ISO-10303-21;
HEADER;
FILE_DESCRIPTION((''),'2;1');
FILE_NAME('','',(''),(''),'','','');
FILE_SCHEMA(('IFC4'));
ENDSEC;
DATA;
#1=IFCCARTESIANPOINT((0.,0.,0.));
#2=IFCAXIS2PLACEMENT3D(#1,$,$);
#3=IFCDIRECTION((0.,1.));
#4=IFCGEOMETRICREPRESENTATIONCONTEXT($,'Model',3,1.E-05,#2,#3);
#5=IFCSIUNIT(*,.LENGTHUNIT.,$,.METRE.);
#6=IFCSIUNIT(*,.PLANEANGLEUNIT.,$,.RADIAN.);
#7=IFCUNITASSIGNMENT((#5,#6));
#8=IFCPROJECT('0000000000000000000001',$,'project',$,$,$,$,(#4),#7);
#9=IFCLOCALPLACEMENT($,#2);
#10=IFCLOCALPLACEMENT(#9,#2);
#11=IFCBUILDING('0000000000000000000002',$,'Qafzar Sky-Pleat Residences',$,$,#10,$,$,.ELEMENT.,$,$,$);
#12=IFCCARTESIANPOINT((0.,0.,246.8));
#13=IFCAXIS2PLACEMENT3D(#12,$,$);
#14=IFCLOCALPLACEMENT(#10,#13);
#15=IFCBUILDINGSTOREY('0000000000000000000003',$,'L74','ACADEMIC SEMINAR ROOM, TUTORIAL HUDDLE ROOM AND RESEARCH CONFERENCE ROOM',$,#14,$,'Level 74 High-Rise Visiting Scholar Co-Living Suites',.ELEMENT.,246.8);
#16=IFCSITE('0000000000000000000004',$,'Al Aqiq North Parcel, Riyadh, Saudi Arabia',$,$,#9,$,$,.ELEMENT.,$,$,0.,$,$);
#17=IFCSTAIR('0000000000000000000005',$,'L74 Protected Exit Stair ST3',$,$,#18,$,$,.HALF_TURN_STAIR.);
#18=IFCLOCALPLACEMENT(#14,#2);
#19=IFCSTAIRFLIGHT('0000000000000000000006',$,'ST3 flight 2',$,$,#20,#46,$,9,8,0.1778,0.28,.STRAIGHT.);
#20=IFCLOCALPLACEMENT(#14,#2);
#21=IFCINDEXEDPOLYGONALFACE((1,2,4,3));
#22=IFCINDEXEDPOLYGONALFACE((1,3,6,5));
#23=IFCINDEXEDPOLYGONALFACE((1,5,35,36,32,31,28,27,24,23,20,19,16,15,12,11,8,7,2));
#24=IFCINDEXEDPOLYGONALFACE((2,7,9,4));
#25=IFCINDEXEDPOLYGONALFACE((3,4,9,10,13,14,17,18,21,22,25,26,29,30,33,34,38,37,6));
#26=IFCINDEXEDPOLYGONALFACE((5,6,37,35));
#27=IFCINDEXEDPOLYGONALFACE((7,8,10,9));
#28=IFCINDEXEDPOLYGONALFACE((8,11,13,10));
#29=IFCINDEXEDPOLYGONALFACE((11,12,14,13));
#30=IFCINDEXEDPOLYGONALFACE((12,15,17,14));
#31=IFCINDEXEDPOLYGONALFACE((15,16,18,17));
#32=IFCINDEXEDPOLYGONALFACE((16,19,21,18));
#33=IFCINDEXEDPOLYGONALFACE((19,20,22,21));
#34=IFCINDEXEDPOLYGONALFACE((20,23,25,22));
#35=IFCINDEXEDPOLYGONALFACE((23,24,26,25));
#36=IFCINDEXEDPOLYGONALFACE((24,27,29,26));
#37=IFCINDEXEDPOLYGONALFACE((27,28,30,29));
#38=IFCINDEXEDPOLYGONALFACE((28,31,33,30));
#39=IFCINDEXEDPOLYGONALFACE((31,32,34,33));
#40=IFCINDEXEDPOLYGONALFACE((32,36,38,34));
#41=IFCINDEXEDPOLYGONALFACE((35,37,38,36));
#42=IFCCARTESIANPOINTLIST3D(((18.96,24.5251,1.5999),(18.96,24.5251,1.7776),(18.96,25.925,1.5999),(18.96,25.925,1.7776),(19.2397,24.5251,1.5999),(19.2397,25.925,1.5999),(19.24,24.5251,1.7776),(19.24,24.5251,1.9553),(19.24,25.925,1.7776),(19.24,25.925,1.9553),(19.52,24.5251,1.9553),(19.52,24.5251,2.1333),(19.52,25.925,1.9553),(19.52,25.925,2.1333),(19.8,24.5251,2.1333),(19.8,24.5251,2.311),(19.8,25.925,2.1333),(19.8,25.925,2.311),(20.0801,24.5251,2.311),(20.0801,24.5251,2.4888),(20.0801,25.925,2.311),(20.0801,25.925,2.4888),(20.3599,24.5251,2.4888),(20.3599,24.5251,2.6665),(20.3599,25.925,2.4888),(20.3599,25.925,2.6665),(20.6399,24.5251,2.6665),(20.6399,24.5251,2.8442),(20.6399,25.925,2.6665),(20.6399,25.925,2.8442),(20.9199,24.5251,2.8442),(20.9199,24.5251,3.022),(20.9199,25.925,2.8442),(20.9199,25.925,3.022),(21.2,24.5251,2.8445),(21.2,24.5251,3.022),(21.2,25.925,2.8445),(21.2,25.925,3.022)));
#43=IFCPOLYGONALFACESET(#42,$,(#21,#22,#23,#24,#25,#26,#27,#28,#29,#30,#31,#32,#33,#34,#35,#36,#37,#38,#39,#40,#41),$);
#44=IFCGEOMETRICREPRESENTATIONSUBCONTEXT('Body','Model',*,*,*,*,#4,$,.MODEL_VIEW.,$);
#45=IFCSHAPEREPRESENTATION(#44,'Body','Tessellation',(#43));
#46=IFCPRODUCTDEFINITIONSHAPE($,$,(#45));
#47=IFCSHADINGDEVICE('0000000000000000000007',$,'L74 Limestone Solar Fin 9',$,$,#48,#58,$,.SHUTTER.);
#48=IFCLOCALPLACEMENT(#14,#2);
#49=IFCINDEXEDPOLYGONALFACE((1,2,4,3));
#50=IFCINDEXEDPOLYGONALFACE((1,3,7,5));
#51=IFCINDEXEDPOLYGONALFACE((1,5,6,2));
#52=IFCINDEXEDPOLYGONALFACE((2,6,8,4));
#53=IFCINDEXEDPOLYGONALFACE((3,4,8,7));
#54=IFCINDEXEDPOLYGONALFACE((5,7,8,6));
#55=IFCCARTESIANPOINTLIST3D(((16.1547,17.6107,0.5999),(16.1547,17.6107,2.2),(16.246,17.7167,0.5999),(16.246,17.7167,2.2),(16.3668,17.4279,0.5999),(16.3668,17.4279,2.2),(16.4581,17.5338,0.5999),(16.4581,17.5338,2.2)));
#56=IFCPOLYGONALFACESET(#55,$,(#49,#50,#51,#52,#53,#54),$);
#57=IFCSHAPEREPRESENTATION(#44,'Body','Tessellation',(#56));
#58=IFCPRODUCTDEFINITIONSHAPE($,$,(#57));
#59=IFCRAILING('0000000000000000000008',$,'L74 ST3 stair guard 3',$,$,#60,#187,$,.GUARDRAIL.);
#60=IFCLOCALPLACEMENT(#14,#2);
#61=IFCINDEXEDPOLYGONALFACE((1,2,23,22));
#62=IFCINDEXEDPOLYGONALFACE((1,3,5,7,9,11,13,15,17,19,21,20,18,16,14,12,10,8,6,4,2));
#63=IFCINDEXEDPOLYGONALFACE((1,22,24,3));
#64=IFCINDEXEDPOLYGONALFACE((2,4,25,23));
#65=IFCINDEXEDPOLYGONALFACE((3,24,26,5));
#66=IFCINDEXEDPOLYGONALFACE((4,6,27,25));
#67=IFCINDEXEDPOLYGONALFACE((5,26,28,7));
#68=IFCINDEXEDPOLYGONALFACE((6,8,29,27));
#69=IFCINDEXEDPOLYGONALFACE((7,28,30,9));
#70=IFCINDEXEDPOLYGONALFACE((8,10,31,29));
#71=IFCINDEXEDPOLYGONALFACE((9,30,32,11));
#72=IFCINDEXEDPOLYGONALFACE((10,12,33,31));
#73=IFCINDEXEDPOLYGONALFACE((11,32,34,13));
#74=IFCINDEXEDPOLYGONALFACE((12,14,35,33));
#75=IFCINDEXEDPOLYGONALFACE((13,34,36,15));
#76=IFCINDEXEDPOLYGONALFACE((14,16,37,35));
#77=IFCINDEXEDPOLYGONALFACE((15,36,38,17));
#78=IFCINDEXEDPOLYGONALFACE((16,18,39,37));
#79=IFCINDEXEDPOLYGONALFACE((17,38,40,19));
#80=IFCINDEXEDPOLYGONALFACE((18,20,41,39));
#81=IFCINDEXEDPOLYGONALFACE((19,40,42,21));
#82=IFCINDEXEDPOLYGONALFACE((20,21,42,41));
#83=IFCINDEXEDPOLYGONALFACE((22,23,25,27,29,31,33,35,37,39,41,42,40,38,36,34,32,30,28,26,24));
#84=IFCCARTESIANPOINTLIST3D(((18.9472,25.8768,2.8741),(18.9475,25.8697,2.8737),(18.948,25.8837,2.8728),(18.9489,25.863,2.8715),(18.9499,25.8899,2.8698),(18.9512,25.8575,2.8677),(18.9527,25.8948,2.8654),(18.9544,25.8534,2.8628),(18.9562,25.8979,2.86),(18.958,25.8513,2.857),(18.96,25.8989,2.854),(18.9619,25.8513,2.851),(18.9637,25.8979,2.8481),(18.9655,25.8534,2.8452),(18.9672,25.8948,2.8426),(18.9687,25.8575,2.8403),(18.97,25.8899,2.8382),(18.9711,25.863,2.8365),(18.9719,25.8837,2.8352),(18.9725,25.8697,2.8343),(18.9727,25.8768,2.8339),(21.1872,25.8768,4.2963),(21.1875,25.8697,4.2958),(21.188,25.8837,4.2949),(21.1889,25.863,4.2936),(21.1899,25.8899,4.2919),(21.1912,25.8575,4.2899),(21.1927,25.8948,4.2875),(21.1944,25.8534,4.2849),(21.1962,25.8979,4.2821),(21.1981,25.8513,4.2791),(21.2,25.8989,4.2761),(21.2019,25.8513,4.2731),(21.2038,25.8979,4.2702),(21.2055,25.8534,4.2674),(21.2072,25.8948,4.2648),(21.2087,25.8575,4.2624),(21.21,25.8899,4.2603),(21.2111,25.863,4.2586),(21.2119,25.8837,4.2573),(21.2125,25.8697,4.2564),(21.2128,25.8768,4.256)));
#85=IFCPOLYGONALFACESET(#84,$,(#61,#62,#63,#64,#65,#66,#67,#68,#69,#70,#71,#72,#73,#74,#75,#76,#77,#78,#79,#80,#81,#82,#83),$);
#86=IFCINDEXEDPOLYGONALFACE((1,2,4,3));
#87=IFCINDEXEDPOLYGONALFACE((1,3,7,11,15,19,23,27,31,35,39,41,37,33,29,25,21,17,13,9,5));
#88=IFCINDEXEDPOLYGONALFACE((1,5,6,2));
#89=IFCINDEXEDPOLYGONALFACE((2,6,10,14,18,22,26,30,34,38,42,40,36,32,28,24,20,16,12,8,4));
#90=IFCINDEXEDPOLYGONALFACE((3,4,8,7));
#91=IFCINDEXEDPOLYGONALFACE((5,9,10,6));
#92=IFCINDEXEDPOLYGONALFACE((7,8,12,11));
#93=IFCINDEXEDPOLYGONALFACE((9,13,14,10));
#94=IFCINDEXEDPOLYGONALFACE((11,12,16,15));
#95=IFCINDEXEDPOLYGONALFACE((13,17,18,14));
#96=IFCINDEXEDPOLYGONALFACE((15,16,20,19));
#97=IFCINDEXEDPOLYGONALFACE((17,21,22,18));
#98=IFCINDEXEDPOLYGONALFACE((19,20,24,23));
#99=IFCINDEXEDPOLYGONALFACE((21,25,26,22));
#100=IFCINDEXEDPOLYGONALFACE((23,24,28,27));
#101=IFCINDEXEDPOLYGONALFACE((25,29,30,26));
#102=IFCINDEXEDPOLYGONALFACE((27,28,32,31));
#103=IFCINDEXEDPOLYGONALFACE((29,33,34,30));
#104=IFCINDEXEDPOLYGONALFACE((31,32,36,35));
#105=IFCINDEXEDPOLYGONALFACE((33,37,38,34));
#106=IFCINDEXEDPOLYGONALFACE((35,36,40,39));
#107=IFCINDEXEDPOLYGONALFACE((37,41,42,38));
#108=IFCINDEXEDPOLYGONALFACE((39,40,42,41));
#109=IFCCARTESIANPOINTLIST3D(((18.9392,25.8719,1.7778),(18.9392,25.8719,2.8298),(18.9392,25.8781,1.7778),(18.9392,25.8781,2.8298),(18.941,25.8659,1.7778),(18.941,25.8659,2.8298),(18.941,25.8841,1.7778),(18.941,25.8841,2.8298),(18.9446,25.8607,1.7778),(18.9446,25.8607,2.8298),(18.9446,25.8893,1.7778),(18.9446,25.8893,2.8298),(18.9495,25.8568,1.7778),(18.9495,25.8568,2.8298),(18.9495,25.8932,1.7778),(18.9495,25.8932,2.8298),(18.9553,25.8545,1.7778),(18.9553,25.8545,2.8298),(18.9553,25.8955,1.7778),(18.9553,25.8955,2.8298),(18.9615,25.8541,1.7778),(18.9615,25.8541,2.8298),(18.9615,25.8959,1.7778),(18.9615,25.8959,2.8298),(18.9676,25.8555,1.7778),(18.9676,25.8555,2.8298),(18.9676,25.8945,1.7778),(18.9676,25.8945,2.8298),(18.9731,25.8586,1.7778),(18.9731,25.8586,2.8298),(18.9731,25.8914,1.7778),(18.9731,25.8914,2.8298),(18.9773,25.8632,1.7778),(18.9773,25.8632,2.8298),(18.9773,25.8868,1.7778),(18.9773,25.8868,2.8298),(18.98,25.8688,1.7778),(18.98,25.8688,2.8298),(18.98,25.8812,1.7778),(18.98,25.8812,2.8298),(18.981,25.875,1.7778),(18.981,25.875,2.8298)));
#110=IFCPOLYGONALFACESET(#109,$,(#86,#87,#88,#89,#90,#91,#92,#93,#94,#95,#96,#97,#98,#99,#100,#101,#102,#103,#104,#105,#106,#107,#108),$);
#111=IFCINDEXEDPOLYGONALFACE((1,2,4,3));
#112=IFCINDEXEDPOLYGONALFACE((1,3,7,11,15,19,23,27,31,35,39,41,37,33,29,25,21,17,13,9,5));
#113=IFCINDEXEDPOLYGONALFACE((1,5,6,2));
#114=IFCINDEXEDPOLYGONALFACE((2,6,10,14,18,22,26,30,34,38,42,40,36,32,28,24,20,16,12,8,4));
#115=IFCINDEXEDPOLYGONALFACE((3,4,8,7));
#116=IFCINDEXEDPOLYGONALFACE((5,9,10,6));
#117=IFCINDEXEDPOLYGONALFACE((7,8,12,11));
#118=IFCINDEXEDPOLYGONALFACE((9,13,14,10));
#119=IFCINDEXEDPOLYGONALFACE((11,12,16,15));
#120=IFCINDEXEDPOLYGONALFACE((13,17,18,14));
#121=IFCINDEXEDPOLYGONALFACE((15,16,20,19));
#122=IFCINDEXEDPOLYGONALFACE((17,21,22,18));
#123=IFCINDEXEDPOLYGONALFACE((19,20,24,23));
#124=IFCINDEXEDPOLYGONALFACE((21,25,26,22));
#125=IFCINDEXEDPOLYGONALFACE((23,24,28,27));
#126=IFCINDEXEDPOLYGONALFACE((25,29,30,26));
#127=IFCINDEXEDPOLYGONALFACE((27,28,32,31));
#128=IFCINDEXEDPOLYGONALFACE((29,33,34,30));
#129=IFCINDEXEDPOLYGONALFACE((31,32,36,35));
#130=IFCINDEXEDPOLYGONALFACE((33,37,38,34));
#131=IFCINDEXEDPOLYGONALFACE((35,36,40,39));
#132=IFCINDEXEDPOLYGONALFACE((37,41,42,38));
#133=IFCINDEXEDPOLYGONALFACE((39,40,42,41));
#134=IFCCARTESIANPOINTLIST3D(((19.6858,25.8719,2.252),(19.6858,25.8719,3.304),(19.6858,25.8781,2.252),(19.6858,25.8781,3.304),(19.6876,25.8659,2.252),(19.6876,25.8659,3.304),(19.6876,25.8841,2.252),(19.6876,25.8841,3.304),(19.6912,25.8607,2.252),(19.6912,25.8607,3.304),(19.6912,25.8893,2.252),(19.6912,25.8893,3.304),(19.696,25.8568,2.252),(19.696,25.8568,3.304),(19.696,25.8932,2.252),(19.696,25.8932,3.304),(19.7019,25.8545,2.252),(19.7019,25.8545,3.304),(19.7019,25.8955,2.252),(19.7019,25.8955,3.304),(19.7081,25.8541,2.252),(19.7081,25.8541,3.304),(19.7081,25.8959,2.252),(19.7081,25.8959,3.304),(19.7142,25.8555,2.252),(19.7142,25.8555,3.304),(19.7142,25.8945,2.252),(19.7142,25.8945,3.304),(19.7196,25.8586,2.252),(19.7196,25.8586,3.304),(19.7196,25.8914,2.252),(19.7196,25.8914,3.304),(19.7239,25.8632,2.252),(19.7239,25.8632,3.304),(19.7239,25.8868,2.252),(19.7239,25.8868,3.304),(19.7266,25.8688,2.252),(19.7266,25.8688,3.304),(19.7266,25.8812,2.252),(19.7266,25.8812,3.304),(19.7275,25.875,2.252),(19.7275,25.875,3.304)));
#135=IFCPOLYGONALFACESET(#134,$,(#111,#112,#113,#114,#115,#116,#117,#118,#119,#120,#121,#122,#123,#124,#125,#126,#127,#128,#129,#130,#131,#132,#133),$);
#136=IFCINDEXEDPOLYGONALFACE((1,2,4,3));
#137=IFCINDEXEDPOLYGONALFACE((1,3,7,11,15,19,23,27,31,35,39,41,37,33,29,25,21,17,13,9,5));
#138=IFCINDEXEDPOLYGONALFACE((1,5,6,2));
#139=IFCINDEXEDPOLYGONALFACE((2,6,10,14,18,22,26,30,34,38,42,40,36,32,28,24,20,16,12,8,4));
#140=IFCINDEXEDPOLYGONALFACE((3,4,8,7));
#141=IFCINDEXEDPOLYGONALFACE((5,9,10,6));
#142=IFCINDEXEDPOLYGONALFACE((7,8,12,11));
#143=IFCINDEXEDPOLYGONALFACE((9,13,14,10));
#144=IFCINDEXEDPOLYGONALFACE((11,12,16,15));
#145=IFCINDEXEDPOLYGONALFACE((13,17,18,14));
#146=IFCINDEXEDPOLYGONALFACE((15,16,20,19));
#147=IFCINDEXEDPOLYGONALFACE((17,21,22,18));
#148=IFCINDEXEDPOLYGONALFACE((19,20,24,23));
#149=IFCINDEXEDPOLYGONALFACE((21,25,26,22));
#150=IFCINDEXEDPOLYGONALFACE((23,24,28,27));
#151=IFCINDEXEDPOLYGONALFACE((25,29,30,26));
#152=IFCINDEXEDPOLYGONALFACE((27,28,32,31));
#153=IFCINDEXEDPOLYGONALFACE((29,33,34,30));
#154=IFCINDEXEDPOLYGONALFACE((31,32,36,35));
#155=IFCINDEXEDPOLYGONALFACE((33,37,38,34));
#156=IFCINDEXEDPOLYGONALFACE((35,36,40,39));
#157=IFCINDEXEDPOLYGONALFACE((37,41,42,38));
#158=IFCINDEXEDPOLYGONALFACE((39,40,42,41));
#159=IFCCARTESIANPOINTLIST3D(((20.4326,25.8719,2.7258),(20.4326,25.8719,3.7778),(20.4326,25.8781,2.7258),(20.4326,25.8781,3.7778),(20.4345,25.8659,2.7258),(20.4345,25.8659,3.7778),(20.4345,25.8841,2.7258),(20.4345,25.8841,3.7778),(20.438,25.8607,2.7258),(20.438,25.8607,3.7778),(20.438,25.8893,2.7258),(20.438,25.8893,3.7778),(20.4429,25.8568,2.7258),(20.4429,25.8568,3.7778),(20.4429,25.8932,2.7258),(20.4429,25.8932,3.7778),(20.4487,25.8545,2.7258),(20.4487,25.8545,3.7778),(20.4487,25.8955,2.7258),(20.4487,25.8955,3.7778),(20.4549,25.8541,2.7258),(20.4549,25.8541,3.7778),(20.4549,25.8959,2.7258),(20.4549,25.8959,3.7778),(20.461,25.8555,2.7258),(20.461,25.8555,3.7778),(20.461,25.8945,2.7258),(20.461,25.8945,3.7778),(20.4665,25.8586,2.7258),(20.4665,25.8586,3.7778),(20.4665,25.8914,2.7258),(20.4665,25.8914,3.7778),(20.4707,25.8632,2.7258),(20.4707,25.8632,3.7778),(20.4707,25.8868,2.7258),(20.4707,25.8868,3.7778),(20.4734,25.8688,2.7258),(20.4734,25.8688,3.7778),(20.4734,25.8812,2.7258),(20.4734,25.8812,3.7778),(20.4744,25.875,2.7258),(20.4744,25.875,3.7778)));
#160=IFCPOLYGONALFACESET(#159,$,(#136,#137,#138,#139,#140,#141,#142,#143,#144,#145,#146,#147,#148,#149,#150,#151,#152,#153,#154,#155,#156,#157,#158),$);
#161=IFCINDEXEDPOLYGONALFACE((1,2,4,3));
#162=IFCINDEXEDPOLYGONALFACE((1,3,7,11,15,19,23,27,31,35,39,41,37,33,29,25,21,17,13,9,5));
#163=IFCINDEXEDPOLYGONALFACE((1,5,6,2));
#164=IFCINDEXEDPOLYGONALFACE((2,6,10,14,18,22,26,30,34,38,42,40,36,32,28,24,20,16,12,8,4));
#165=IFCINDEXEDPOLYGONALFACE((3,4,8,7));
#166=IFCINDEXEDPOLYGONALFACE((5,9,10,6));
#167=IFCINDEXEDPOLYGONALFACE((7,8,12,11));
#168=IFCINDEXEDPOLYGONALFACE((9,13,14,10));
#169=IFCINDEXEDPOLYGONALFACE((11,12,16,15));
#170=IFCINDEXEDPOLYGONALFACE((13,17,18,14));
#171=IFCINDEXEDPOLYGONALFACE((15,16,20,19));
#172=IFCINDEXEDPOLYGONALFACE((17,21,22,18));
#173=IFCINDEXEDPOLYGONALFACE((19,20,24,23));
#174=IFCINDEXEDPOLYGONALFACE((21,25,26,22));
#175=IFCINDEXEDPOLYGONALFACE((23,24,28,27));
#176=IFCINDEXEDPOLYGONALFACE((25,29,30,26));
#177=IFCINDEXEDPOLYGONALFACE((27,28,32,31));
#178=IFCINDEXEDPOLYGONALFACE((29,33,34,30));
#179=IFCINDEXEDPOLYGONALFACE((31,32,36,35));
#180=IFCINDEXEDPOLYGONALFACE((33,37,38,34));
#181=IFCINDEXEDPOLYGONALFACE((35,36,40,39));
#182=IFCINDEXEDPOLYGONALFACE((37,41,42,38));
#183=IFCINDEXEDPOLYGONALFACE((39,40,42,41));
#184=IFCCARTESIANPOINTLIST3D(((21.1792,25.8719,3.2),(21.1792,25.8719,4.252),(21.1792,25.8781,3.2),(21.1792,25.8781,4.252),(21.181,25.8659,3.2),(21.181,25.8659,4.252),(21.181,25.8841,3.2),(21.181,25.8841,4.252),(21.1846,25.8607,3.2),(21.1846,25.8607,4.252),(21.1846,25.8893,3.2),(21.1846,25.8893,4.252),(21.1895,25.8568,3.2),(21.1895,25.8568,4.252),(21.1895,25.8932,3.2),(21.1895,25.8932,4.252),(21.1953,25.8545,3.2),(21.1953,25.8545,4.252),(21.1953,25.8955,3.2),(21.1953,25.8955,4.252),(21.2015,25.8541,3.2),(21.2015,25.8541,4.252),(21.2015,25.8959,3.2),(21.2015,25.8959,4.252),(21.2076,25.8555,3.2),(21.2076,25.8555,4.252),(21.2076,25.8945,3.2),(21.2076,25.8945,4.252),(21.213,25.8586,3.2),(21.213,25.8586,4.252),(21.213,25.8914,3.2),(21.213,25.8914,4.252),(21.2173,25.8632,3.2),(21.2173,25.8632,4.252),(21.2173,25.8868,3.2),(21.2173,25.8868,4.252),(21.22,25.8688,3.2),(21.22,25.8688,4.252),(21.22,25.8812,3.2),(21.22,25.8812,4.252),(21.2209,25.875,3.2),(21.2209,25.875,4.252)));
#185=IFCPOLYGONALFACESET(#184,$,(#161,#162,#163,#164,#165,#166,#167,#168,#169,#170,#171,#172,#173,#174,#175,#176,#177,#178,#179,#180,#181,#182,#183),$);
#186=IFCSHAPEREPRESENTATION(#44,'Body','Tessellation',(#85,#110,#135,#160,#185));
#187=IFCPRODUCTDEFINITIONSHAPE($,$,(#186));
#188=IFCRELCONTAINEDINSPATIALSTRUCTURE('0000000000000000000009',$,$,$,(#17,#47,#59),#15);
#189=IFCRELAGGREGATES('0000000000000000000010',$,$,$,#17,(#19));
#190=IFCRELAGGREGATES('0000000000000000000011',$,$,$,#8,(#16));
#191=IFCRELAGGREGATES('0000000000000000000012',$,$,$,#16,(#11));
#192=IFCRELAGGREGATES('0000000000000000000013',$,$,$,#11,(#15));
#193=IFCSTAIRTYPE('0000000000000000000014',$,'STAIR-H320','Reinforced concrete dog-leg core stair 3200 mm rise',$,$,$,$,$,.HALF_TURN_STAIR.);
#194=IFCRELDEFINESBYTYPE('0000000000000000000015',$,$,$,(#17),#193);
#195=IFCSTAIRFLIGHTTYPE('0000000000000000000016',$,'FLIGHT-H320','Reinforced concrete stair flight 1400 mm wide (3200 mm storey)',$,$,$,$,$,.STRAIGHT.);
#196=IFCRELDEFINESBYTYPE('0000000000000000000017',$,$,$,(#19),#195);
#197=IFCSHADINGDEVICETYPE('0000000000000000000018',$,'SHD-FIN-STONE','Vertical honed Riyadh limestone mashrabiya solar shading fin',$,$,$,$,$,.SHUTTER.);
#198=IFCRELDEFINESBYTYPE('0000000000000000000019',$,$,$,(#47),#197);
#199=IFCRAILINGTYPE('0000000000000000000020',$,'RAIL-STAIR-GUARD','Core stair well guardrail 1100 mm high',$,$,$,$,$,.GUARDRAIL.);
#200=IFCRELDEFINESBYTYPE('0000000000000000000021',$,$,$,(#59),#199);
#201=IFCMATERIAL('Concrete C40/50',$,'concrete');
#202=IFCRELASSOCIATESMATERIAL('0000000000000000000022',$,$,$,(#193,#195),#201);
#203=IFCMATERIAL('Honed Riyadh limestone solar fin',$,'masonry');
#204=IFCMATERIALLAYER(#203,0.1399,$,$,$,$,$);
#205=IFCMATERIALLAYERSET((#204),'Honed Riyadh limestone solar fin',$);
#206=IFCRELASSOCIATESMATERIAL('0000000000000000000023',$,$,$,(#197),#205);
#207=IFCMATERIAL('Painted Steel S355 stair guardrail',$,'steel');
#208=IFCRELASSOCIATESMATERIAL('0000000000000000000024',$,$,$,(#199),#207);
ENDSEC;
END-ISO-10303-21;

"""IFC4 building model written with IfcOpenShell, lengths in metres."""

from ifc_helpers import new_model, si_unit, direction, frame, origin, origin_2d, place, context, subcontext, project, spatial, polyline, rectangle, circle, outline, extrude, source, transform, mapped, material, layer, layer_set, type_object, element, aggregate, save


model = new_model("IFC4")

# Units and contexts
model_context = context("Model", 3, precision=1e-05, world=origin(), true_north=direction((0.0, 1.0)))
body_context = subcontext(model_context, "Body", "Model", "MODEL_VIEW")
ifc_project = project(units=[si_unit("LENGTHUNIT", "METRE"), si_unit("PLANEANGLEUNIT", "RADIAN")], contexts=[model_context])

# Site, building, storey
site_placement = place(None, origin())
site = spatial("IfcSite", under=ifc_project, at=site_placement, Name="Al Aqiq North Parcel, Riyadh, Saudi Arabia", CompositionType="ELEMENT", RefElevation=0.0)
building_placement = place(site_placement, origin())
building = spatial("IfcBuilding", under=site, at=building_placement, Name="Qafzar Sky-Pleat Residences", CompositionType="ELEMENT")
storey_placement = place(building_placement, frame((0.0, 0.0, 246.8)))
storey = spatial("IfcBuildingStorey", under=building, at=storey_placement, Name="L74", Description="ACADEMIC SEMINAR ROOM, TUTORIAL HUDDLE ROOM AND RESEARCH CONFERENCE ROOM", LongName="Level 74 High-Rise Visiting Scholar Co-Living Suites", CompositionType="ELEMENT", Elevation=246.8)

# Stair, stair flight
ifc_material_1 = material(Name="Concrete C40/50", Category="concrete")
stair_type = type_object("IfcStairType", Name="STAIR-H320", Description="Reinforced concrete dog-leg core stair 3200 mm rise", PredefinedType="HALF_TURN_STAIR", material=ifc_material_1)
stair_placement = place(storey_placement, origin())
stair = element("IfcStair", 1, at=stair_placement, inside=storey, type_object=stair_type, Name="L74 Protected Exit Stair ST3", PredefinedType="HALF_TURN_STAIR")
stair_flight_type = type_object("IfcStairFlightType", Name="FLIGHT-H320", Description="Reinforced concrete stair flight 1400 mm wide (3200 mm storey)", PredefinedType="STRAIGHT", material=ifc_material_1)
shared_shape_1 = source(origin(), body_context, "Body", "SweptSolid", [
    extrude(outline(polyline([(0.0, 0.0), (0.0, 0.1777), (0.28, 0.1777), (0.28, 0.3555), (0.5601, 0.3555), (0.5601, 0.5334), (0.8401, 0.5334), (0.8401, 0.7112), (1.1201, 0.7112), (1.1201, 0.8889), (1.3999, 0.8889), (1.3999, 1.0667), (1.6799, 1.0667), (1.6799, 1.2444), (1.96, 1.2444), (1.96, 1.4221), (2.24, 1.4221), (2.24, 1.6001), (2.24, 1.2446), (0.2798, 0.0), (0.0, 0.0)])), frame((0.0, 0.7, 0.0), z_axis=(0.0, -1.0, 0.0), x_axis=(1.0, 0.0, 0.0)), (0.0, 0.0, 1.0), 1.3999),
])
stair_flight_placement = place(storey_placement, frame((18.96, 25.2251, 1.5999), z_axis=(0.0, 0.0, 1.0), x_axis=(1.0, 0.0, 0.0)))
stair_flight = element("IfcStairFlight", 2, at=stair_flight_placement, type_object=stair_flight_type, Name="ST3 flight 2", NumberOfRisers=9, NumberOfTreads=8, PredefinedType="STRAIGHT", RiserHeight=0.1778, TreadLength=0.28, context=body_context, shape_type="MappedRepresentation", body=[
    mapped(shared_shape_1, transform((0.0, 0.0, 0.0), x_axis=(1.0, 0.0, 0.0), y_axis=(0.0, 1.0, 0.0), z_axis=(0.0, 0.0, 1.0), scale=1.0)),
])
aggregate(stair, [stair_flight])

# Shading device
ifc_material_2 = material(Name="Honed Riyadh limestone solar fin", Category="masonry")
ifc_layer_1 = layer(ifc_material_2, 0.1399)
ifc_layer_set_1 = layer_set([ifc_layer_1], Name="Honed Riyadh limestone solar fin")
shading_device_type = type_object("IfcShadingDeviceType", Name="SHD-FIN-STONE", Description="Vertical honed Riyadh limestone mashrabiya solar shading fin", PredefinedType="SHUTTER", material=ifc_layer_set_1)
shared_shape_2 = source(origin(), body_context, "Body", "SweptSolid", [
    extrude(rectangle(XDim=0.1399, YDim=0.28, at=origin_2d()), origin(), (0.0, 0.0, 1.0), 1.6001),
])
shading_device_placement = place(storey_placement, frame((16.3064, 17.5723, 0.5999), z_axis=(0.0, 0.0, 1.0), x_axis=(-0.652894, -0.757449, 0.0)))
element("IfcShadingDevice", 3, at=shading_device_placement, inside=storey, type_object=shading_device_type, Name="L74 Limestone Solar Fin 9", PredefinedType="SHUTTER", context=body_context, shape_type="MappedRepresentation", body=[
    mapped(shared_shape_2, transform((0.0, 0.0, 0.0), x_axis=(1.0, 0.0, 0.0), y_axis=(0.0, 1.0, 0.0), z_axis=(0.0, 0.0, 1.0), scale=1.0)),
])

# Railing
ifc_material_3 = material(Name="Painted Steel S355 stair guardrail", Category="steel")
railing_type_1 = type_object("IfcRailingType", Name="RAIL-STAIR-GUARD", Description="Core stair well guardrail 1100 mm high", PredefinedType="GUARDRAIL", material=ifc_material_3)
shared_shape_3 = source(origin(), body_context, "Body", "SweptSolid", [
    extrude(circle(Radius=0.0239, at=origin_2d()), frame((0.0, 0.0, 1.0762), z_axis=(0.844229, 0.0, 0.535982), x_axis=(0.0, 1.0, 0.0)), (0.0, 0.0, 1.0), 2.6533),
    extrude(circle(Radius=0.021, at=origin_2d()), origin(), (0.0, 0.0, 1.0), 1.052),
    extrude(circle(Radius=0.021, at=origin_2d()), frame((0.7466, 0.0, 0.4741)), (0.0, 0.0, 1.0), 1.052),
    extrude(circle(Radius=0.021, at=origin_2d()), frame((1.4934, 0.0, 0.948)), (0.0, 0.0, 1.0), 1.052),
    extrude(circle(Radius=0.021, at=origin_2d()), frame((2.24, 0.0, 1.4221)), (0.0, 0.0, 1.0), 1.052),
])
railing_1_placement = place(storey_placement, frame((18.96, 25.875, 1.7778)))
element("IfcRailing", 4, at=railing_1_placement, inside=storey, type_object=railing_type_1, Name="L74 ST3 stair guard 3", PredefinedType="GUARDRAIL", context=body_context, shape_type="MappedRepresentation", body=[
    mapped(shared_shape_3, transform((0.0, 0.0, 0.0), x_axis=(1.0, 0.0, 0.0), y_axis=(0.0, 1.0, 0.0), z_axis=(0.0, 0.0, 1.0), scale=1.0)),
])

save(model, "model.ifc")
